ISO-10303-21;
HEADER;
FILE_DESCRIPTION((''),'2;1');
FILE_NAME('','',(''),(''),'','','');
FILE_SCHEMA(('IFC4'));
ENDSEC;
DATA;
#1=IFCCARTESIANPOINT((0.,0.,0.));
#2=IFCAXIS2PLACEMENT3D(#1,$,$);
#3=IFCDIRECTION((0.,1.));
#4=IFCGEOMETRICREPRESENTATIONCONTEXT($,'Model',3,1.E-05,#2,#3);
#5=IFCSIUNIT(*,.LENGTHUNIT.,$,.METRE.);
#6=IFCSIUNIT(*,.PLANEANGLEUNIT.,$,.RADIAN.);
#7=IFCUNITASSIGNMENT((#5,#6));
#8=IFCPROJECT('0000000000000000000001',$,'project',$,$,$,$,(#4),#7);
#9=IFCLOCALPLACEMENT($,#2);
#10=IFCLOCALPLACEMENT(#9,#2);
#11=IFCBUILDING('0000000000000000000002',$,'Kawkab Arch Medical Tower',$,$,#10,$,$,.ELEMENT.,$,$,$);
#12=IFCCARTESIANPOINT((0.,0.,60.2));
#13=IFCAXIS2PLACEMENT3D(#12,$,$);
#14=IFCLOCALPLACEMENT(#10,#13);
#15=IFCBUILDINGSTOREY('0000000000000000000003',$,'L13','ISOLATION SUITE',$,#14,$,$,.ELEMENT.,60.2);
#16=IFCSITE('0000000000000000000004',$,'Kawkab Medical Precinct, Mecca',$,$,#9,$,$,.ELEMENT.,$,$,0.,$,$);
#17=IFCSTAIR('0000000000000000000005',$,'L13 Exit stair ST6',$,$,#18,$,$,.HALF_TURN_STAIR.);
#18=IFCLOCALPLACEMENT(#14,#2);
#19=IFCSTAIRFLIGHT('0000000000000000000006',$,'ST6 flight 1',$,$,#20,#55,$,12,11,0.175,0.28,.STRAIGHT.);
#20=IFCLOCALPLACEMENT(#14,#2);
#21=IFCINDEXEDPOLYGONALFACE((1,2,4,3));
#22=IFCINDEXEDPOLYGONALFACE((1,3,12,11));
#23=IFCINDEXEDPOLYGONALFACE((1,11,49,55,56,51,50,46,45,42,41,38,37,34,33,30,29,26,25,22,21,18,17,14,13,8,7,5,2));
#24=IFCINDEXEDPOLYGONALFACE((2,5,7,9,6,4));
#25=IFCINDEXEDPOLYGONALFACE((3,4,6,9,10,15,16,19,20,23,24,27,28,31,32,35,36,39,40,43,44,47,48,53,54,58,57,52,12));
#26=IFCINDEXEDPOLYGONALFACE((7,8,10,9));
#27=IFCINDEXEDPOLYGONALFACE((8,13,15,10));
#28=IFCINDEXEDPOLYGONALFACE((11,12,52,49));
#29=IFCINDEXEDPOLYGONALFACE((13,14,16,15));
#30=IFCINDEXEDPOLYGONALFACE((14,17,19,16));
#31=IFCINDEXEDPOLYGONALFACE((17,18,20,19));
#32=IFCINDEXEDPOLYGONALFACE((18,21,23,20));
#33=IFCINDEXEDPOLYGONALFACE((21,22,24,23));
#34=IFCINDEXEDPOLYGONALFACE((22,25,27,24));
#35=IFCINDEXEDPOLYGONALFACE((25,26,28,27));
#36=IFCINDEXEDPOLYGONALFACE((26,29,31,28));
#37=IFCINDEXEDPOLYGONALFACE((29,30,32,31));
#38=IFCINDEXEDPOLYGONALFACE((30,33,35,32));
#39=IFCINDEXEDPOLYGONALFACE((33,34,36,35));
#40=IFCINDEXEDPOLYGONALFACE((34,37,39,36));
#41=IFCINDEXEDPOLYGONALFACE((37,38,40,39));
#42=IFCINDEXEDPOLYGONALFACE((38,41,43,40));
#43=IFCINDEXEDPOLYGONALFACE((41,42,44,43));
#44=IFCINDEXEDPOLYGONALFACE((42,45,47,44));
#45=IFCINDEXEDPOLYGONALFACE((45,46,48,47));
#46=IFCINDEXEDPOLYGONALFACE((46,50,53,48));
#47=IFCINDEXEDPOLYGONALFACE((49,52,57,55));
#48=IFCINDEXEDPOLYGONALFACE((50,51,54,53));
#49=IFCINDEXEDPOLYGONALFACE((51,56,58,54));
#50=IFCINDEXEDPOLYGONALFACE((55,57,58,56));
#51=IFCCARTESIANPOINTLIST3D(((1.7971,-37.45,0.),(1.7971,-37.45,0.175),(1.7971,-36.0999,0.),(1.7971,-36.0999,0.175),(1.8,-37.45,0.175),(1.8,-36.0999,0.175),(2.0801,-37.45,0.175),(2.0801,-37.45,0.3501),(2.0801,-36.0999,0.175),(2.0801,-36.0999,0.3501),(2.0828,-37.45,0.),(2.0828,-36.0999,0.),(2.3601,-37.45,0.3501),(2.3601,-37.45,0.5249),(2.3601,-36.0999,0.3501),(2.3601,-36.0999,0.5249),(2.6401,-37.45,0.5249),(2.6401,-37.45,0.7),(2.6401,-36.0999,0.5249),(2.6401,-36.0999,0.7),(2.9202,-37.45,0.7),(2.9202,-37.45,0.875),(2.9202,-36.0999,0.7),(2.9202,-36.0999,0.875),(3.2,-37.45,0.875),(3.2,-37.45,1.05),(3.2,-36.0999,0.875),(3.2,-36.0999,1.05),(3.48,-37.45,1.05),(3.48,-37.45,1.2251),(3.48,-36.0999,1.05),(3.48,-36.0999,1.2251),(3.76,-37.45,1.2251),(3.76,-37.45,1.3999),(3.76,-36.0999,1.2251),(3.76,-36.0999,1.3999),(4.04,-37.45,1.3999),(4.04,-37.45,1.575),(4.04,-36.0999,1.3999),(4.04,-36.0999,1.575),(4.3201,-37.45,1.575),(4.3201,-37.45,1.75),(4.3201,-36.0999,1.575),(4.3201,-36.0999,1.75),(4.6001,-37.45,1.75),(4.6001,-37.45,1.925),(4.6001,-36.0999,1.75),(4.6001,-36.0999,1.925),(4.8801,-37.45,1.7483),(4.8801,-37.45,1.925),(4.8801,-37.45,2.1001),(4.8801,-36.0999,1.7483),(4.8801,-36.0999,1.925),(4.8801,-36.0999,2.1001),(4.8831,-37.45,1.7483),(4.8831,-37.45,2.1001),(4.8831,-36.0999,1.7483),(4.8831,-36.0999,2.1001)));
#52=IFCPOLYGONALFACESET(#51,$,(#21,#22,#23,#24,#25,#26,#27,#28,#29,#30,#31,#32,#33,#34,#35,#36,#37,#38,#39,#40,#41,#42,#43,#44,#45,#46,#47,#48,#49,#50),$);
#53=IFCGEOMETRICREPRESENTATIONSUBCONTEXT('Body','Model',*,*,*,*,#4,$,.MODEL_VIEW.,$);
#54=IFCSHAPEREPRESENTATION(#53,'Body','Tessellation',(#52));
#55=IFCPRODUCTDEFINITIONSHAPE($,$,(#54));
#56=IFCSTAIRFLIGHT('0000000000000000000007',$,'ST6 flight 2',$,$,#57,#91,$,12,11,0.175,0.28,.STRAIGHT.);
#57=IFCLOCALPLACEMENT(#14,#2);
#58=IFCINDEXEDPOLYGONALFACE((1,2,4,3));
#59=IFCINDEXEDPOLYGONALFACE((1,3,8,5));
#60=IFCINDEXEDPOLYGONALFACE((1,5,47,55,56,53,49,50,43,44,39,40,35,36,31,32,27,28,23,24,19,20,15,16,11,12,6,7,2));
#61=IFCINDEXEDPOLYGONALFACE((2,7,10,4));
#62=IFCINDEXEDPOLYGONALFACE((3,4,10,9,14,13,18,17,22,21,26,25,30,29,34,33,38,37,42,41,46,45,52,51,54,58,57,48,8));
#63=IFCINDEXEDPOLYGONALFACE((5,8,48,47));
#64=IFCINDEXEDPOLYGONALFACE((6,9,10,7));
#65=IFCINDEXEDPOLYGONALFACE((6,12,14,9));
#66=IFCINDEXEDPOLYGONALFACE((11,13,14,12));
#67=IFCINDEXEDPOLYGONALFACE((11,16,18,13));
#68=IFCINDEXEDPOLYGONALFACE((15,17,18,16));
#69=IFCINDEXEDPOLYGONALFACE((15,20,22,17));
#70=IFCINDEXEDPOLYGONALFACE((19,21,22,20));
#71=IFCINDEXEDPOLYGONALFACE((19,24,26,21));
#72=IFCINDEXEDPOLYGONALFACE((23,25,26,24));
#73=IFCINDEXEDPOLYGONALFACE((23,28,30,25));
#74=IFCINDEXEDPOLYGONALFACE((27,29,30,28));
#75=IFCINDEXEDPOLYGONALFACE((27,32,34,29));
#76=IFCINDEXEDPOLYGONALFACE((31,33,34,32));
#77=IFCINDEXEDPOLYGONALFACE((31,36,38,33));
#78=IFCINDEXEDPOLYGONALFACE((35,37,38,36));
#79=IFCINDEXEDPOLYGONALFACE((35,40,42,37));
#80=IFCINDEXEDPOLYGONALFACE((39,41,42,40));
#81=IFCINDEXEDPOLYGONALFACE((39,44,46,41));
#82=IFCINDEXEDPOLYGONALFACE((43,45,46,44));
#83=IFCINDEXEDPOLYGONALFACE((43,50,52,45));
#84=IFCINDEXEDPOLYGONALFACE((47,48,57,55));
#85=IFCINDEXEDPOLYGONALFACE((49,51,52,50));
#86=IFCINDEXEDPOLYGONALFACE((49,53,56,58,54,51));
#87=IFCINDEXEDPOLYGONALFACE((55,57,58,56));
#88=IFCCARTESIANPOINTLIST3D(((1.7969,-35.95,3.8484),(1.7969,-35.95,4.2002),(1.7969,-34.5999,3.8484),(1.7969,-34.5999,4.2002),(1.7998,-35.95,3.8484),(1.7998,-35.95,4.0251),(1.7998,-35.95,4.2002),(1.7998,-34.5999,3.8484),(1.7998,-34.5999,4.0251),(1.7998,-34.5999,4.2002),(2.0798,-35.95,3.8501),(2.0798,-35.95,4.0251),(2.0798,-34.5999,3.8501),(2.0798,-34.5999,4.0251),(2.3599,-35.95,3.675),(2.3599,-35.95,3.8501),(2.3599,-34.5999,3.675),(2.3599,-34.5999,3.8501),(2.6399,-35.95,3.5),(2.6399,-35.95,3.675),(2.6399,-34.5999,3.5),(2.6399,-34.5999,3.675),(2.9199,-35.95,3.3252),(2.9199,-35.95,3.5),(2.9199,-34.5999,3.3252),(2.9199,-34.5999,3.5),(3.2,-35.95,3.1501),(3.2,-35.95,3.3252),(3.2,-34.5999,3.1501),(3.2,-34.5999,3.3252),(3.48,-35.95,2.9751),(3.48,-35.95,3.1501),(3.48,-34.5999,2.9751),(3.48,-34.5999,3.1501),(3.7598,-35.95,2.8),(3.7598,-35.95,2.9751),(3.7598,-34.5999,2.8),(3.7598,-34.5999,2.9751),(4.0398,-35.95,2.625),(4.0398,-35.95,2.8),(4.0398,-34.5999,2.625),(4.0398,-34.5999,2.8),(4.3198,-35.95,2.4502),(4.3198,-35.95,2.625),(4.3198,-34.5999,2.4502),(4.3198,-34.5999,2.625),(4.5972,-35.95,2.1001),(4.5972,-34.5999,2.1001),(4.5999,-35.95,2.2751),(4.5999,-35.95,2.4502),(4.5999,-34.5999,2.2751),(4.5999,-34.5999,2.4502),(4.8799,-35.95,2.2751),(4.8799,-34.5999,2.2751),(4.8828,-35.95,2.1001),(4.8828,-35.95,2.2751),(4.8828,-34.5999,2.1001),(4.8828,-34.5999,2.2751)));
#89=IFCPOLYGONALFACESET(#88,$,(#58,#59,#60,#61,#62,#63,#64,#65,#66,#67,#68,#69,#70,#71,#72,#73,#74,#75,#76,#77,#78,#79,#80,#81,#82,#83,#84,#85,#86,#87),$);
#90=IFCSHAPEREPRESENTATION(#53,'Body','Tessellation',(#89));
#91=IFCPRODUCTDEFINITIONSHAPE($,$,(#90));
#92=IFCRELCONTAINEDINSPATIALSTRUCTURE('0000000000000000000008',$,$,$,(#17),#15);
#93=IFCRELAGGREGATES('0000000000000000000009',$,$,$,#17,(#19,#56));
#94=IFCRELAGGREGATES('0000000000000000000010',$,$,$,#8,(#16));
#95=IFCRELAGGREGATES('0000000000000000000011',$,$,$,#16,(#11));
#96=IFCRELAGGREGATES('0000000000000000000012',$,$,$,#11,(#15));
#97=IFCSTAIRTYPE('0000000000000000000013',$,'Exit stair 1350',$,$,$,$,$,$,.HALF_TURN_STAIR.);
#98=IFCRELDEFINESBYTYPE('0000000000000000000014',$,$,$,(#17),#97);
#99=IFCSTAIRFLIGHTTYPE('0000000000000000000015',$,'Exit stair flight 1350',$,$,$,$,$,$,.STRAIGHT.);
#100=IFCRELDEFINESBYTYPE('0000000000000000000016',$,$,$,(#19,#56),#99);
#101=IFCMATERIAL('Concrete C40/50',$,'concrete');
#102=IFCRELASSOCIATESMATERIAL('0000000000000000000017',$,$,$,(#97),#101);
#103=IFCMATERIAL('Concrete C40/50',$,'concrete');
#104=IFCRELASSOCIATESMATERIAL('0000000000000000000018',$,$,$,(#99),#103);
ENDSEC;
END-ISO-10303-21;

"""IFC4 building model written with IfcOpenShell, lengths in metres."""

from ifc_helpers import new_model, si_unit, direction, frame, origin, place, context, subcontext, project, spatial, polyline, outline, extrude, material, type_object, element, aggregate, save


model = new_model("IFC4")

# Units and contexts
model_context = context("Model", 3, precision=1e-05, world=origin(), true_north=direction((0.0, 1.0)))
body_context = subcontext(model_context, "Body", "Model", "MODEL_VIEW")
ifc_project = project(units=[si_unit("LENGTHUNIT", "METRE"), si_unit("PLANEANGLEUNIT", "RADIAN")], contexts=[model_context])

# Site, building, storey
site_placement = place(None, origin())
site = spatial("IfcSite", under=ifc_project, at=site_placement, Name="Kawkab Medical Precinct, Mecca", CompositionType="ELEMENT", RefElevation=0.0)
building_placement = place(site_placement, origin())
building = spatial("IfcBuilding", under=site, at=building_placement, Name="Kawkab Arch Medical Tower", CompositionType="ELEMENT")
storey_placement = place(building_placement, frame((0.0, 0.0, 60.2)))
storey = spatial("IfcBuildingStorey", under=building, at=storey_placement, Name="L13", Description="ISOLATION SUITE", CompositionType="ELEMENT", Elevation=60.2)

# Stair, stair flights
ifc_material_1 = material(Name="Concrete C40/50", Category="concrete")
stair_type = type_object("IfcStairType", Name="Exit stair 1350", PredefinedType="HALF_TURN_STAIR", material=ifc_material_1)
stair_placement = place(storey_placement, origin())
stair = element("IfcStair", 1, at=stair_placement, inside=storey, type_object=stair_type, Name="L13 Exit stair ST6", PredefinedType="HALF_TURN_STAIR")
ifc_material_2 = material(Name="Concrete C40/50", Category="concrete")
stair_flight_type = type_object("IfcStairFlightType", Name="Exit stair flight 1350", PredefinedType="STRAIGHT", material=ifc_material_2)
stair_flight_1_placement = place(storey_placement, frame((1.8, -36.7749, 0.0), z_axis=(0.0, 0.0, 1.0), x_axis=(1.0, 0.0, 0.0)))
stair_flight_1 = element("IfcStairFlight", 2, at=stair_flight_1_placement, type_object=stair_flight_type, Name="ST6 flight 1", NumberOfRisers=12, NumberOfTreads=11, PredefinedType="STRAIGHT", RiserHeight=0.175, TreadLength=0.28, context=body_context, shape_type="SweptSolid", body=[
    extrude(outline(polyline([(-0.0029, 0.0), (-0.0029, 0.175), (0.0, 0.175), (0.28, 0.175), (0.28, 0.3501), (0.5601, 0.3501), (0.5601, 0.5249), (0.8401, 0.5249), (0.8401, 0.7), (1.1201, 0.7), (1.1201, 0.875), (1.3999, 0.875), (1.3999, 1.05), (1.6799, 1.05), (1.6799, 1.2251), (1.96, 1.2251), (1.96, 1.3999), (2.24, 1.3999), (2.24, 1.575), (2.52, 1.575), (2.52, 1.75), (2.8, 1.75), (2.8, 1.925), (3.0801, 1.925), (3.0801, 2.1001), (3.083, 2.1001), (3.083, 1.7483), (3.0801, 1.7483), (0.2827, 0.0), (-0.0029, 0.0)])), frame((0.0, 0.675, 0.0), z_axis=(0.0, -1.0, 0.0), x_axis=(1.0, 0.0, 0.0)), (0.0, 0.0, 1.0), 1.3501),
])
stair_flight_2_placement = place(storey_placement, frame((4.8799, -35.2749, 2.1001), z_axis=(0.0, 0.0, 1.0), x_axis=(-1.0, 0.0, 0.0)))
stair_flight_2 = element("IfcStairFlight", 3, at=stair_flight_2_placement, type_object=stair_flight_type, Name="ST6 flight 2", NumberOfRisers=12, NumberOfTreads=11, PredefinedType="STRAIGHT", RiserHeight=0.175, TreadLength=0.28, context=body_context, shape_type="SweptSolid", body=[
    extrude(outline(polyline([(-0.0029, 0.0), (-0.0029, 0.175), (0.0, 0.175), (0.28, 0.175), (0.28, 0.3501), (0.5601, 0.3501), (0.5601, 0.5249), (0.8401, 0.5249), (0.8401, 0.7), (1.1201, 0.7), (1.1201, 0.875), (1.3999, 0.875), (1.3999, 1.05), (1.6799, 1.05), (1.6799, 1.2251), (1.96, 1.2251), (1.96, 1.3999), (2.24, 1.3999), (2.24, 1.575), (2.52, 1.575), (2.52, 1.75), (2.8, 1.75), (2.8, 1.925), (3.0801, 1.925), (3.0801, 2.1001), (3.083, 2.1001), (3.083, 1.7483), (3.0801, 1.7483), (0.2827, 0.0), (-0.0029, 0.0)])), frame((0.0, 0.675, 0.0), z_axis=(0.0, -1.0, 0.0), x_axis=(1.0, 0.0, 0.0)), (0.0, 0.0, 1.0), 1.3501),
])
aggregate(stair, [stair_flight_1, stair_flight_2])

save(model, "model.ifc")
